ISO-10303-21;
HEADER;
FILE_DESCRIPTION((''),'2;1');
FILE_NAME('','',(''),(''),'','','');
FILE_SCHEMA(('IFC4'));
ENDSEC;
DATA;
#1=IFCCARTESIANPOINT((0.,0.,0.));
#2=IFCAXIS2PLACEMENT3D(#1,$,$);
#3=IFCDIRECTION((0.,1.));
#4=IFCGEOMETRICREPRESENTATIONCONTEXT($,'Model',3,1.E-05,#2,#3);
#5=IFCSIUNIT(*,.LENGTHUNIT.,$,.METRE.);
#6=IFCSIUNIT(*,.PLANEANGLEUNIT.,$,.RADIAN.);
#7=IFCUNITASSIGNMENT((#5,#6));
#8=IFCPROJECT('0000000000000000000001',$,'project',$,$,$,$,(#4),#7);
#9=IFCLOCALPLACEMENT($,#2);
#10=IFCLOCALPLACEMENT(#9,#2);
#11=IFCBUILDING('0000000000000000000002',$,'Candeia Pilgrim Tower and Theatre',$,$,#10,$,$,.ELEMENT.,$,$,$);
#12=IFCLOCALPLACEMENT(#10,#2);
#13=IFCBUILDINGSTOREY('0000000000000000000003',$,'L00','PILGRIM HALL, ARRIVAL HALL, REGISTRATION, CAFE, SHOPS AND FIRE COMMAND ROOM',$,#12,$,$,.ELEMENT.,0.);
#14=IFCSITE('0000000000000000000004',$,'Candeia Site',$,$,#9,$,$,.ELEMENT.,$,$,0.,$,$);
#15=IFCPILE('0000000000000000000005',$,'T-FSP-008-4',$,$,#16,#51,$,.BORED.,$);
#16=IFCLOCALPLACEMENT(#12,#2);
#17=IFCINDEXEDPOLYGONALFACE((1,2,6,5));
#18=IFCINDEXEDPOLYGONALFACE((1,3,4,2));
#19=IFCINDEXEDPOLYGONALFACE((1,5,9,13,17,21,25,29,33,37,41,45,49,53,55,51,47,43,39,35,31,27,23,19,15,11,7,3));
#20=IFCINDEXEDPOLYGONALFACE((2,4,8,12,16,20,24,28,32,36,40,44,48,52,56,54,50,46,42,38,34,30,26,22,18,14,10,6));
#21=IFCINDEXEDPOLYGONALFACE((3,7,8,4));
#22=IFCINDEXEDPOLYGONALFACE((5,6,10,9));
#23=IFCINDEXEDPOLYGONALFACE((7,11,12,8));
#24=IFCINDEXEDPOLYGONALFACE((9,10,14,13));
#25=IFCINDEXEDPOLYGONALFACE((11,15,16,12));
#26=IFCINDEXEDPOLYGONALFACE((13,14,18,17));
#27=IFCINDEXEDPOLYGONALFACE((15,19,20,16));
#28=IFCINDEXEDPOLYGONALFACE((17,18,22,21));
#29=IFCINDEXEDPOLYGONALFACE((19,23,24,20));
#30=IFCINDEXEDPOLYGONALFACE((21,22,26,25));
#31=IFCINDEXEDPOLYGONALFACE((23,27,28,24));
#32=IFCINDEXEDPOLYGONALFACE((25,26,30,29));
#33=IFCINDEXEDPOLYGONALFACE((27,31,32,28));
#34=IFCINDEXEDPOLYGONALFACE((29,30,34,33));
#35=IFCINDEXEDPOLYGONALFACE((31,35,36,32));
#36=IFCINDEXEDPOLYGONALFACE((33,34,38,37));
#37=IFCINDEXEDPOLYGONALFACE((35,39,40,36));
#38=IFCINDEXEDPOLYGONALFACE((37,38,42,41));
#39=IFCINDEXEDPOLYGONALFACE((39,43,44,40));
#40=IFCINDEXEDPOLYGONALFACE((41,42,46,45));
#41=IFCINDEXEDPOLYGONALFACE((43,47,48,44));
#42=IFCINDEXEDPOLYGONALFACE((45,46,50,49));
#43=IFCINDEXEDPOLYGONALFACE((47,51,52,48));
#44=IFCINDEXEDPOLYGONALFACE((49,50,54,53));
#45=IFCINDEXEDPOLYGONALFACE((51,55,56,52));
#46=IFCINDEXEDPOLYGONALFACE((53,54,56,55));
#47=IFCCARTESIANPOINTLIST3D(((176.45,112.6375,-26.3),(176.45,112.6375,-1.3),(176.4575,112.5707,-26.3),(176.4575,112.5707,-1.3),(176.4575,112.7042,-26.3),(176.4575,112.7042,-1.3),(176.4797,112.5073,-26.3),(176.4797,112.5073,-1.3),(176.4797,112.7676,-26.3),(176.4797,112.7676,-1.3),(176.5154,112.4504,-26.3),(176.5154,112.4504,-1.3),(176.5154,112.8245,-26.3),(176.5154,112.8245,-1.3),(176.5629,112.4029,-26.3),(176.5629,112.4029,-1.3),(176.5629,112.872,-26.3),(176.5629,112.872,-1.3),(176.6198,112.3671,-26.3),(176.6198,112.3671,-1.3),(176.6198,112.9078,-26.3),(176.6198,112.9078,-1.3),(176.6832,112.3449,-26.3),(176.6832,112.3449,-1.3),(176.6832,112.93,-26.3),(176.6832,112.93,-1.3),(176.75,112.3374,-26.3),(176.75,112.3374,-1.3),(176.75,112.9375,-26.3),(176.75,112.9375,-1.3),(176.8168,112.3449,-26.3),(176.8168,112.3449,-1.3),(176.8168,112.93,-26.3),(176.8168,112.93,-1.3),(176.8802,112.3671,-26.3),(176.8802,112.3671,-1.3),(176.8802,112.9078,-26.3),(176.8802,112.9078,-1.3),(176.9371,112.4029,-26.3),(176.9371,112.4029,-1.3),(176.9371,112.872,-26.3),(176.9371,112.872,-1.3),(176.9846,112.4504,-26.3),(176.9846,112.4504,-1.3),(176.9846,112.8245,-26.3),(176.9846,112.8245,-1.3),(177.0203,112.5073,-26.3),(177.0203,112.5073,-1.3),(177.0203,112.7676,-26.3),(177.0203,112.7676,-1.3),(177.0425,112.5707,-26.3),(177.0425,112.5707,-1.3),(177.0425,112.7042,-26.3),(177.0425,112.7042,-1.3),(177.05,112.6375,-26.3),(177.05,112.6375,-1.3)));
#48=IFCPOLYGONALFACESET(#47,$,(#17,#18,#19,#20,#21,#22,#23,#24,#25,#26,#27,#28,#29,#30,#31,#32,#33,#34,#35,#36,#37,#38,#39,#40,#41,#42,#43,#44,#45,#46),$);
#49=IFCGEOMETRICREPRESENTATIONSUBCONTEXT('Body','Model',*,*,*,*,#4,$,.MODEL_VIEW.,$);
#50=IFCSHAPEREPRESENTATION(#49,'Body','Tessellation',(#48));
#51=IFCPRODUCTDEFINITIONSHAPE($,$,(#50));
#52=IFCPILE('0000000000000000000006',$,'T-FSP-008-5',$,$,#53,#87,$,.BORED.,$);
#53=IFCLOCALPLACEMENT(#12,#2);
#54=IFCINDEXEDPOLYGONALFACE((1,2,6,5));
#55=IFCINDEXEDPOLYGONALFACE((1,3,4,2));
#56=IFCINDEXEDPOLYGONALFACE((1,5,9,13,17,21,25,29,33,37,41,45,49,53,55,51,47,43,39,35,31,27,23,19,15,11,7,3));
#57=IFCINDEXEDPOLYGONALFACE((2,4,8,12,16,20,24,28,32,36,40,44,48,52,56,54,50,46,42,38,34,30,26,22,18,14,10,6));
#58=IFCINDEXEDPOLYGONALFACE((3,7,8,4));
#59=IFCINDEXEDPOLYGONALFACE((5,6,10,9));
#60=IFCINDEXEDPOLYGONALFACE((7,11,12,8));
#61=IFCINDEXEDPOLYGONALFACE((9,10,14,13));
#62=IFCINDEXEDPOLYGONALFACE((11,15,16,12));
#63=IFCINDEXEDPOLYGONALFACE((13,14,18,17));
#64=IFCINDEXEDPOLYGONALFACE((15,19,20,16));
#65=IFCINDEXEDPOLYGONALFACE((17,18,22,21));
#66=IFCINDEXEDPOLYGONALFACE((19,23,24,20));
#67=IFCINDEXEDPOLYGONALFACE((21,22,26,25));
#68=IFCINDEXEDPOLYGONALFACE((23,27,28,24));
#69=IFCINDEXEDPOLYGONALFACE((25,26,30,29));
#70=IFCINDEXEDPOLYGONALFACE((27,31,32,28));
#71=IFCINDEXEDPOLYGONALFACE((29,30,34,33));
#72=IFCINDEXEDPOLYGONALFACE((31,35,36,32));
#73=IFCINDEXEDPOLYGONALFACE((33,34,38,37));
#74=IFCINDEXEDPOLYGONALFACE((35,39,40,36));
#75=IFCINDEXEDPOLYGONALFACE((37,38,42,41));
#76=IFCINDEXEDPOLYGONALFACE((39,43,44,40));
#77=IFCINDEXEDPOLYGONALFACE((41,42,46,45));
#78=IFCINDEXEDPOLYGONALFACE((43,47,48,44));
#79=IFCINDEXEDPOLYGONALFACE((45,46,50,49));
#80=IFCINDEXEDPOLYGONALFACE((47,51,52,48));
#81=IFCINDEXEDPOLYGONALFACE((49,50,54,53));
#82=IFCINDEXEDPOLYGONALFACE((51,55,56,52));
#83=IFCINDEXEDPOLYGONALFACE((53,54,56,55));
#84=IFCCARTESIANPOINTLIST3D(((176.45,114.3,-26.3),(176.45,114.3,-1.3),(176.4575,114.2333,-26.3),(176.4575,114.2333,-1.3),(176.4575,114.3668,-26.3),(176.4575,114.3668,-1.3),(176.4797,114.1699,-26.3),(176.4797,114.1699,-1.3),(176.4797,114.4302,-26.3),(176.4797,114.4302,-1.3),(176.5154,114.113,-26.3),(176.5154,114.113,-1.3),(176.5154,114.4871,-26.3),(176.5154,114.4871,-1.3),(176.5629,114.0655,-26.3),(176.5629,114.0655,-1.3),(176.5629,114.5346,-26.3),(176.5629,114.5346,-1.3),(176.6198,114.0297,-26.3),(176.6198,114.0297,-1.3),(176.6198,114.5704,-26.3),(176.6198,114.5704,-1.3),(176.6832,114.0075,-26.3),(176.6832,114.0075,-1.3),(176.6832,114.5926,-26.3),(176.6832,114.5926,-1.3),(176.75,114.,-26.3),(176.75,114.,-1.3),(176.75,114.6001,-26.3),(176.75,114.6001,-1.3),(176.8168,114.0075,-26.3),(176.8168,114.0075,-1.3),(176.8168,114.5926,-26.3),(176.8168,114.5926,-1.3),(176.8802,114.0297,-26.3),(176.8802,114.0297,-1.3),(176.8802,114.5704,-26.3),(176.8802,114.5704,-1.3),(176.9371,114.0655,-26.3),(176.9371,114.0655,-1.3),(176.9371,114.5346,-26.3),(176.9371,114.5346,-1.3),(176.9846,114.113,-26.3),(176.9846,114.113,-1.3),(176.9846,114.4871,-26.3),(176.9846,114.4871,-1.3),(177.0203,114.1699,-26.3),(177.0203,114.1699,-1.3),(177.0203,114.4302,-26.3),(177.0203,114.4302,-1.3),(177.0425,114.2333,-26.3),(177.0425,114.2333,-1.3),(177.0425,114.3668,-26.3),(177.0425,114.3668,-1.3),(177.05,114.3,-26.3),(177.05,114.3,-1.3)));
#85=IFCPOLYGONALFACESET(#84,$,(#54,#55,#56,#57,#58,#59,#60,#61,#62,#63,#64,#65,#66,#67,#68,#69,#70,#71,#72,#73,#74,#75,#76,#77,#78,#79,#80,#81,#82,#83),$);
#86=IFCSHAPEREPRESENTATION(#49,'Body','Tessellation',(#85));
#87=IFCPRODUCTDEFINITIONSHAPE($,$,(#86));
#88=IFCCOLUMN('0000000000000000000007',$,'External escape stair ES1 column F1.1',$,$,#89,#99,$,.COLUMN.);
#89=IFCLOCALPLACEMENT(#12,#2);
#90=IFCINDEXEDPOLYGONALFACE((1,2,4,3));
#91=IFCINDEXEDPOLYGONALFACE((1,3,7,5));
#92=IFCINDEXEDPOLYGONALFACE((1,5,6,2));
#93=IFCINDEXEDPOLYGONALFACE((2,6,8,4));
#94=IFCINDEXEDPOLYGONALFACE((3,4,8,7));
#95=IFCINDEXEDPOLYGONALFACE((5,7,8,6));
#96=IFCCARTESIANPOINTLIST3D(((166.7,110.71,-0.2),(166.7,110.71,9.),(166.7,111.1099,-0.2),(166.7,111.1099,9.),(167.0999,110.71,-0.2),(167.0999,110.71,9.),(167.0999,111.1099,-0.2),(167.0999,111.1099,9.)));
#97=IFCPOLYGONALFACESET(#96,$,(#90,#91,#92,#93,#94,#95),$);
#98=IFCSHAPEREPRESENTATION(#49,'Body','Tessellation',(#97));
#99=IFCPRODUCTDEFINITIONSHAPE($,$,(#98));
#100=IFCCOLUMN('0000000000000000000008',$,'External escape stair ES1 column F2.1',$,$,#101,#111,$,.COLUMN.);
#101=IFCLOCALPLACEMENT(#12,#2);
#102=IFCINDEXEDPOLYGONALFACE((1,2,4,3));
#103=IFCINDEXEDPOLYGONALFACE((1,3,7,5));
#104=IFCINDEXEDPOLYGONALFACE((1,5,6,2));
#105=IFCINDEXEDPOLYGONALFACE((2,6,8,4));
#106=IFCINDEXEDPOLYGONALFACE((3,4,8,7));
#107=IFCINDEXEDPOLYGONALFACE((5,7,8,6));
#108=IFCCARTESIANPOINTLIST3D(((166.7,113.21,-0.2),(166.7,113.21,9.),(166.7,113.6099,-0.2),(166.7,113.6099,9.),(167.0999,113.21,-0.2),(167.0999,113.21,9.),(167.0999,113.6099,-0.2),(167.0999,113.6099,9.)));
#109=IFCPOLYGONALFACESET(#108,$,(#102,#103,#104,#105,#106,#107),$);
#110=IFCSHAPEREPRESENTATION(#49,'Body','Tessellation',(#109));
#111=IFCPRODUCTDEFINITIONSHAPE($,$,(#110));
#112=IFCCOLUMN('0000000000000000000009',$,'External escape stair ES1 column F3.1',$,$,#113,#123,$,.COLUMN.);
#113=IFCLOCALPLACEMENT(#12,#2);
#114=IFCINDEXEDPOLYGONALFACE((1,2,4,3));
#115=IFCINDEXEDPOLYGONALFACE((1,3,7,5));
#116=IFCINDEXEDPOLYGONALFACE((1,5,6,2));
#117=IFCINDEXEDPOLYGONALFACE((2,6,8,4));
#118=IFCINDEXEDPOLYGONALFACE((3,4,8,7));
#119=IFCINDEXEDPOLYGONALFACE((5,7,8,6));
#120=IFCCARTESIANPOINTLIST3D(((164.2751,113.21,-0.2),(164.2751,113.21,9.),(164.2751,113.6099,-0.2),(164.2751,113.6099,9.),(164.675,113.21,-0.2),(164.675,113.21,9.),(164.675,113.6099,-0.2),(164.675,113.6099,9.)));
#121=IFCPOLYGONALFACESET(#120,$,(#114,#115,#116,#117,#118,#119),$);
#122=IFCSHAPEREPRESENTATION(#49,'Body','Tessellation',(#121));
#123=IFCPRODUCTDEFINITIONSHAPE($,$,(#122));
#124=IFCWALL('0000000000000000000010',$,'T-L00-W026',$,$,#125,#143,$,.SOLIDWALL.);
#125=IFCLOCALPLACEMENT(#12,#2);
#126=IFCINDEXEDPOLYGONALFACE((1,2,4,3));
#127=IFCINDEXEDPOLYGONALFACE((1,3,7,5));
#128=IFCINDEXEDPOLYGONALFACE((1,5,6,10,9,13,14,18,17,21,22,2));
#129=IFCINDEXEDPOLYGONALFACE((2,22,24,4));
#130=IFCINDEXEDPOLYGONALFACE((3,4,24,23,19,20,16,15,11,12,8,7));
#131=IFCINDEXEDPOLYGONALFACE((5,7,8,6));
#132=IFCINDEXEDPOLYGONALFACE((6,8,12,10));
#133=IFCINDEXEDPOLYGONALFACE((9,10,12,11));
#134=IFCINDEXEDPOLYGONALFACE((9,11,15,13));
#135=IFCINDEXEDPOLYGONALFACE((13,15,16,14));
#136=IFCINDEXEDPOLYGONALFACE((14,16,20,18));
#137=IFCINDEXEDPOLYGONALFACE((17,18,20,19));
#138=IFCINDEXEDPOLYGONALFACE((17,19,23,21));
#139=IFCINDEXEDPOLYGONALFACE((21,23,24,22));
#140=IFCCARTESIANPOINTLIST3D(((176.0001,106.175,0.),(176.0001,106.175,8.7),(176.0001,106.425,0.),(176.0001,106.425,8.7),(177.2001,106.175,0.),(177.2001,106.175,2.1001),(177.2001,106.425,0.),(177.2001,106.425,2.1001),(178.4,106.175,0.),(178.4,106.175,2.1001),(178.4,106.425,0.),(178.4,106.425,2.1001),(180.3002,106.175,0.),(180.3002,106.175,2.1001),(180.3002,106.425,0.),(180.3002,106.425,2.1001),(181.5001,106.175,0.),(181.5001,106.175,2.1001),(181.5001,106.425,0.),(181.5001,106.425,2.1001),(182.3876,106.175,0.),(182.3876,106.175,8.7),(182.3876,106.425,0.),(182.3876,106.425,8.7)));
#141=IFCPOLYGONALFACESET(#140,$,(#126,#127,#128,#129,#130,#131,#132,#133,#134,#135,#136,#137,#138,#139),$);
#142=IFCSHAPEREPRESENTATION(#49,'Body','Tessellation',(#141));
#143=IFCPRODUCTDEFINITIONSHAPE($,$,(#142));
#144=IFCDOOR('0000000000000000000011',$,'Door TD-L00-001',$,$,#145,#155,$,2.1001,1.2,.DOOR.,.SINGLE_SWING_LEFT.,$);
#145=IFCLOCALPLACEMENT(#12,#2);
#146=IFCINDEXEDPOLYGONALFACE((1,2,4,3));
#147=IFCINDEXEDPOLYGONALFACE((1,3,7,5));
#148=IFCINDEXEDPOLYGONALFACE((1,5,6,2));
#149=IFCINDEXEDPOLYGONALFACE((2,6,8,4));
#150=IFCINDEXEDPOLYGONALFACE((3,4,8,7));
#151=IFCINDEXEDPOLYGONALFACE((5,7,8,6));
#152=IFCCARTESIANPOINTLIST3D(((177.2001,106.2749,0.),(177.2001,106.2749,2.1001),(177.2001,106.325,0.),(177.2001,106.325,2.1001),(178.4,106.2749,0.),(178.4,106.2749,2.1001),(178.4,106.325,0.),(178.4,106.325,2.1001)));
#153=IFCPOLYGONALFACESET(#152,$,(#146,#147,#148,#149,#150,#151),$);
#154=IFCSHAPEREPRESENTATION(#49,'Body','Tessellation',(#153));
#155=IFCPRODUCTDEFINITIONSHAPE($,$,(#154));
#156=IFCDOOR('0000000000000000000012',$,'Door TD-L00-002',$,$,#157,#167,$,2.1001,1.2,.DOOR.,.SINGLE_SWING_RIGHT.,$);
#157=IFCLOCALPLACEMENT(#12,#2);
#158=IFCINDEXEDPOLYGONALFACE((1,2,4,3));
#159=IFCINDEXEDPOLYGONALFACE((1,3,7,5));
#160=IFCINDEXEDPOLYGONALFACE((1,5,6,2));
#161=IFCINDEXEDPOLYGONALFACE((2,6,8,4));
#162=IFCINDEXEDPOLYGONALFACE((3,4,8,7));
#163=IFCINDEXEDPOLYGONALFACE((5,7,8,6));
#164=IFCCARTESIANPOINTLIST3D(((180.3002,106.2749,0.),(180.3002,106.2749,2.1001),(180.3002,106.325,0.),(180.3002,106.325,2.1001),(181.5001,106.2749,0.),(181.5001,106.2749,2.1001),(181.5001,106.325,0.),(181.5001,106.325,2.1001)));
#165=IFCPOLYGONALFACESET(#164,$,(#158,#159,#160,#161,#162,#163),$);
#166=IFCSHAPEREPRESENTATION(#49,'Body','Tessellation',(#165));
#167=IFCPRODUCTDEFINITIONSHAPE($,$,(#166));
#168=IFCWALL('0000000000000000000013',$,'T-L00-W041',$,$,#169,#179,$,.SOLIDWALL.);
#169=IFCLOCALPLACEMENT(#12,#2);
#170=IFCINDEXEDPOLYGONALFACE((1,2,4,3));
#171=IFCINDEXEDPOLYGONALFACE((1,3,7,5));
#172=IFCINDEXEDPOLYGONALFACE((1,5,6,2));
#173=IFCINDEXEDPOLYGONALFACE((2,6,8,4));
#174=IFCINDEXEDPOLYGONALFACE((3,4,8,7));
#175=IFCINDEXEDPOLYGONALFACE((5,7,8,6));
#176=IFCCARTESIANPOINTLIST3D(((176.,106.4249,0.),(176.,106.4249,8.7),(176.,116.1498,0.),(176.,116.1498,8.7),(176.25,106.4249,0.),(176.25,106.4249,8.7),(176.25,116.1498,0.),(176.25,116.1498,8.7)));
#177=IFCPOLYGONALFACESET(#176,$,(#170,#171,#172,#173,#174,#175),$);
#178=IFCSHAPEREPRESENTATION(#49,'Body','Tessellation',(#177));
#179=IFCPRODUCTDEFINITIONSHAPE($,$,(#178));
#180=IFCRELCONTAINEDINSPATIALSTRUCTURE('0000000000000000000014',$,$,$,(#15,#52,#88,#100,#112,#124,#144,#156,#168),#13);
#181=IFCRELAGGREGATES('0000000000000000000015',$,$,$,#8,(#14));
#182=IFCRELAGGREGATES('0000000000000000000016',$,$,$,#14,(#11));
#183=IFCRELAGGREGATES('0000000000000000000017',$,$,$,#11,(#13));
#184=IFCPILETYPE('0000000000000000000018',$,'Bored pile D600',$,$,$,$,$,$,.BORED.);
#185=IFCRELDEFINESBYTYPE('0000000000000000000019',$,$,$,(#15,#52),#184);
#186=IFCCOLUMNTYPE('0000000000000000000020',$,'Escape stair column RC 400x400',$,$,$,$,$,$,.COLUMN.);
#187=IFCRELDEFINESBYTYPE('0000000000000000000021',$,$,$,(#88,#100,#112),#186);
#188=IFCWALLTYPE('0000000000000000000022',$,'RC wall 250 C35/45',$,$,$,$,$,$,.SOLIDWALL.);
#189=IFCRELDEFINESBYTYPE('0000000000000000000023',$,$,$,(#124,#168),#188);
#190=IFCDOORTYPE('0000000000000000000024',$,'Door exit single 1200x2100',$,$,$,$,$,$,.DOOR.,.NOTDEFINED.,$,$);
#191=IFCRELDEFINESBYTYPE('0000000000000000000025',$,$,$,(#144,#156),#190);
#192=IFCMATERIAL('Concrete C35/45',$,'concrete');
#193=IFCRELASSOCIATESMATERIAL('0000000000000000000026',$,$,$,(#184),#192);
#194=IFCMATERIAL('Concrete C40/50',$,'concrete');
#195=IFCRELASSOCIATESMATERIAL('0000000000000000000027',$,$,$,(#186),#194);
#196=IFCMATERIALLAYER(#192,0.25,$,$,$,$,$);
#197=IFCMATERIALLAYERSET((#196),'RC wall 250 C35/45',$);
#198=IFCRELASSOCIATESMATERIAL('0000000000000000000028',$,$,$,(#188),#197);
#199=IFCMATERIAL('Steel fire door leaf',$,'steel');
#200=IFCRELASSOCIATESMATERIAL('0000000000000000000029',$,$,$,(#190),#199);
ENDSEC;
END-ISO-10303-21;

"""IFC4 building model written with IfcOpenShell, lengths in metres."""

from ifc_helpers import new_model, si_unit, direction, frame, frame_2d, origin, origin_2d, place, context, subcontext, project, spatial, rectangle, circle, extrude, material, layer, layer_set, material_profile, profile_set, type_object, element, fill, save


model = new_model("IFC4")

# Units and contexts
model_context = context("Model", 3, precision=1e-05, world=origin(), true_north=direction((0.0, 1.0)))
body_context = subcontext(model_context, "Body", "Model", "MODEL_VIEW")
ifc_project = project(units=[si_unit("LENGTHUNIT", "METRE"), si_unit("PLANEANGLEUNIT", "RADIAN")], contexts=[model_context])

# Site, building, storey
site_placement = place(None, origin())
site = spatial("IfcSite", under=ifc_project, at=site_placement, Name="Candeia Site", CompositionType="ELEMENT", RefElevation=0.0)
building_placement = place(site_placement, origin())
building = spatial("IfcBuilding", under=site, at=building_placement, Name="Candeia Pilgrim Tower and Theatre", CompositionType="ELEMENT")
storey_placement = place(building_placement, origin())
storey = spatial("IfcBuildingStorey", under=building, at=storey_placement, Name="L00", Description="PILGRIM HALL, ARRIVAL HALL, REGISTRATION, CAFE, SHOPS AND FIRE COMMAND ROOM", CompositionType="ELEMENT", Elevation=0.0)

# Piles
ifc_material_1 = material(Name="Concrete C40/50", Category="concrete")
ifc_material_2 = material(Name="Concrete C35/45", Category="concrete")
pile_type_1 = type_object("IfcPileType", Name="Bored pile D600", PredefinedType="BORED", material=ifc_material_2)
for number, where, z_axis, x_axis, name in (
    (1, (176.75, 112.6375, -1.3), (0.0, 0.0, -1.0), (1.0, 0.0, 0.0), "T-FSP-008-4"),
    (2, (176.75, 114.3, -1.3), (0.0, 0.0, -1.0), (1.0, 0.0, 0.0), "T-FSP-008-5"),
):
    element("IfcPile", number, at=place(storey_placement, frame(where, z_axis=z_axis, x_axis=x_axis)), inside=storey, type_object=pile_type_1, Name=name, PredefinedType="BORED", context=body_context, shape_type="SweptSolid", body=[
        extrude(circle(Radius=0.3, at=origin_2d()), origin(), (0.0, 0.0, 1.0), 25.0),
    ])

# Columns
ifc_material_profile_1 = material_profile(ifc_material_1, rectangle(XDim=0.3999, YDim=0.3999, at=origin_2d()))
ifc_profile_set_1 = profile_set([ifc_material_profile_1], Name="Concrete C40/50")
column_type = type_object("IfcColumnType", Name="Escape stair column RC 400x400", PredefinedType="COLUMN", material=ifc_profile_set_1)
for number, where, z_axis, x_axis, name in (
    (3, (166.8999, 110.9099, -0.2), (0.0, 0.0, 1.0), (1.0, 0.0, 0.0), "External escape stair ES1 column F1.1"),
    (4, (166.8999, 113.4099, -0.2), (0.0, 0.0, 1.0), (1.0, 0.0, 0.0), "External escape stair ES1 column F2.1"),
    (5, (164.4751, 113.4099, -0.2), (0.0, 0.0, 1.0), (1.0, 0.0, 0.0), "External escape stair ES1 column F3.1"),
):
    element("IfcColumn", number, at=place(storey_placement, frame(where, z_axis=z_axis, x_axis=x_axis)), inside=storey, type_object=column_type, Name=name, PredefinedType="COLUMN", context=body_context, shape_type="SweptSolid", body=[
        extrude(rectangle(XDim=0.3999, YDim=0.3999, at=origin_2d()), origin(), (0.0, 0.0, 1.0), 9.2),
    ])

# Wall, openings, doors
ifc_layer = layer(ifc_material_2, 0.25)
ifc_layer_set = layer_set([ifc_layer], Name="RC wall 250 C35/45")
wall_type = type_object("IfcWallType", Name="RC wall 250 C35/45", PredefinedType="SOLIDWALL", material=ifc_layer_set)
wall_1_placement = place(storey_placement, frame((176.0, 106.3, 0.0), z_axis=(0.0, 0.0, 1.0), x_axis=(1.0, 0.0, 0.0)))
wall_1 = element("IfcWall", 6, at=wall_1_placement, inside=storey, type_object=wall_type, Name="T-L00-W026", PredefinedType="SOLIDWALL", context=body_context, shape_type="SweptSolid", body=[
    extrude(rectangle(XDim=6.3875, YDim=0.25, at=frame_2d((3.1938, 0.0))), origin(), (0.0, 0.0, 1.0), 8.7),
])
opening_1_placement = place(wall_1_placement, frame((1.2, 0.0, 0.0)))
opening_1 = element("IfcOpeningElement", 7, at=opening_1_placement, cuts=wall_1, PredefinedType="OPENING", context=body_context, shape_type="SweptSolid", body=[
    extrude(rectangle(XDim=1.2, YDim=2.1001, at=frame_2d((0.6001, 1.05))), frame((0.0, 0.135, 0.0), z_axis=(0.0, -1.0, 0.0), x_axis=(1.0, 0.0, 0.0)), (0.0, 0.0, 1.0), 0.27),
])
opening_2_placement = place(wall_1_placement, frame((4.3, 0.0, 0.0)))
opening_2 = element("IfcOpeningElement", 8, at=opening_2_placement, cuts=wall_1, PredefinedType="OPENING", context=body_context, shape_type="SweptSolid", body=[
    extrude(rectangle(XDim=1.2, YDim=2.1001, at=frame_2d((0.6001, 1.05))), frame((0.0, 0.135, 0.0), z_axis=(0.0, -1.0, 0.0), x_axis=(1.0, 0.0, 0.0)), (0.0, 0.0, 1.0), 0.27),
])
ifc_material_3 = material(Name="Steel fire door leaf", Category="steel")
door_type = type_object("IfcDoorType", Name="Door exit single 1200x2100", OperationType="NOTDEFINED", PredefinedType="DOOR", material=ifc_material_3)
door_1_placement = place(opening_1_placement, origin())
door_1 = element("IfcDoor", 9, at=door_1_placement, inside=storey, type_object=door_type, Name="Door TD-L00-001", OperationType="SINGLE_SWING_LEFT", OverallHeight=2.1001, OverallWidth=1.2, PredefinedType="DOOR", context=body_context, shape_type="SweptSolid", body=[
    extrude(rectangle(XDim=1.2, YDim=2.1001, at=frame_2d((0.6001, 1.05))), frame((0.0, 0.0249, 0.0), z_axis=(0.0, -1.0, 0.0), x_axis=(1.0, 0.0, 0.0)), (0.0, 0.0, 1.0), 0.05),
])
fill(opening_1, door_1)
door_2_placement = place(opening_2_placement, origin())
door_2 = element("IfcDoor", 10, at=door_2_placement, inside=storey, type_object=door_type, Name="Door TD-L00-002", OperationType="SINGLE_SWING_RIGHT", OverallHeight=2.1001, OverallWidth=1.2, PredefinedType="DOOR", context=body_context, shape_type="SweptSolid", body=[
    extrude(rectangle(XDim=1.2, YDim=2.1001, at=frame_2d((0.6001, 1.05))), frame((0.0, 0.0249, 0.0), z_axis=(0.0, -1.0, 0.0), x_axis=(1.0, 0.0, 0.0)), (0.0, 0.0, 1.0), 0.05),
])
fill(opening_2, door_2)

# Wall
wall_2_placement = place(storey_placement, frame((176.125, 106.425, 0.0), z_axis=(0.0, 0.0, 1.0), x_axis=(0.0, 1.0, 0.0)))
element("IfcWall", 11, at=wall_2_placement, inside=storey, type_object=wall_type, Name="T-L00-W041", PredefinedType="SOLIDWALL", context=body_context, shape_type="SweptSolid", body=[
    extrude(rectangle(XDim=9.7249, YDim=0.25, at=frame_2d((4.8623, 0.0))), origin(), (0.0, 0.0, 1.0), 8.7),
])

save(model, "model.ifc")
